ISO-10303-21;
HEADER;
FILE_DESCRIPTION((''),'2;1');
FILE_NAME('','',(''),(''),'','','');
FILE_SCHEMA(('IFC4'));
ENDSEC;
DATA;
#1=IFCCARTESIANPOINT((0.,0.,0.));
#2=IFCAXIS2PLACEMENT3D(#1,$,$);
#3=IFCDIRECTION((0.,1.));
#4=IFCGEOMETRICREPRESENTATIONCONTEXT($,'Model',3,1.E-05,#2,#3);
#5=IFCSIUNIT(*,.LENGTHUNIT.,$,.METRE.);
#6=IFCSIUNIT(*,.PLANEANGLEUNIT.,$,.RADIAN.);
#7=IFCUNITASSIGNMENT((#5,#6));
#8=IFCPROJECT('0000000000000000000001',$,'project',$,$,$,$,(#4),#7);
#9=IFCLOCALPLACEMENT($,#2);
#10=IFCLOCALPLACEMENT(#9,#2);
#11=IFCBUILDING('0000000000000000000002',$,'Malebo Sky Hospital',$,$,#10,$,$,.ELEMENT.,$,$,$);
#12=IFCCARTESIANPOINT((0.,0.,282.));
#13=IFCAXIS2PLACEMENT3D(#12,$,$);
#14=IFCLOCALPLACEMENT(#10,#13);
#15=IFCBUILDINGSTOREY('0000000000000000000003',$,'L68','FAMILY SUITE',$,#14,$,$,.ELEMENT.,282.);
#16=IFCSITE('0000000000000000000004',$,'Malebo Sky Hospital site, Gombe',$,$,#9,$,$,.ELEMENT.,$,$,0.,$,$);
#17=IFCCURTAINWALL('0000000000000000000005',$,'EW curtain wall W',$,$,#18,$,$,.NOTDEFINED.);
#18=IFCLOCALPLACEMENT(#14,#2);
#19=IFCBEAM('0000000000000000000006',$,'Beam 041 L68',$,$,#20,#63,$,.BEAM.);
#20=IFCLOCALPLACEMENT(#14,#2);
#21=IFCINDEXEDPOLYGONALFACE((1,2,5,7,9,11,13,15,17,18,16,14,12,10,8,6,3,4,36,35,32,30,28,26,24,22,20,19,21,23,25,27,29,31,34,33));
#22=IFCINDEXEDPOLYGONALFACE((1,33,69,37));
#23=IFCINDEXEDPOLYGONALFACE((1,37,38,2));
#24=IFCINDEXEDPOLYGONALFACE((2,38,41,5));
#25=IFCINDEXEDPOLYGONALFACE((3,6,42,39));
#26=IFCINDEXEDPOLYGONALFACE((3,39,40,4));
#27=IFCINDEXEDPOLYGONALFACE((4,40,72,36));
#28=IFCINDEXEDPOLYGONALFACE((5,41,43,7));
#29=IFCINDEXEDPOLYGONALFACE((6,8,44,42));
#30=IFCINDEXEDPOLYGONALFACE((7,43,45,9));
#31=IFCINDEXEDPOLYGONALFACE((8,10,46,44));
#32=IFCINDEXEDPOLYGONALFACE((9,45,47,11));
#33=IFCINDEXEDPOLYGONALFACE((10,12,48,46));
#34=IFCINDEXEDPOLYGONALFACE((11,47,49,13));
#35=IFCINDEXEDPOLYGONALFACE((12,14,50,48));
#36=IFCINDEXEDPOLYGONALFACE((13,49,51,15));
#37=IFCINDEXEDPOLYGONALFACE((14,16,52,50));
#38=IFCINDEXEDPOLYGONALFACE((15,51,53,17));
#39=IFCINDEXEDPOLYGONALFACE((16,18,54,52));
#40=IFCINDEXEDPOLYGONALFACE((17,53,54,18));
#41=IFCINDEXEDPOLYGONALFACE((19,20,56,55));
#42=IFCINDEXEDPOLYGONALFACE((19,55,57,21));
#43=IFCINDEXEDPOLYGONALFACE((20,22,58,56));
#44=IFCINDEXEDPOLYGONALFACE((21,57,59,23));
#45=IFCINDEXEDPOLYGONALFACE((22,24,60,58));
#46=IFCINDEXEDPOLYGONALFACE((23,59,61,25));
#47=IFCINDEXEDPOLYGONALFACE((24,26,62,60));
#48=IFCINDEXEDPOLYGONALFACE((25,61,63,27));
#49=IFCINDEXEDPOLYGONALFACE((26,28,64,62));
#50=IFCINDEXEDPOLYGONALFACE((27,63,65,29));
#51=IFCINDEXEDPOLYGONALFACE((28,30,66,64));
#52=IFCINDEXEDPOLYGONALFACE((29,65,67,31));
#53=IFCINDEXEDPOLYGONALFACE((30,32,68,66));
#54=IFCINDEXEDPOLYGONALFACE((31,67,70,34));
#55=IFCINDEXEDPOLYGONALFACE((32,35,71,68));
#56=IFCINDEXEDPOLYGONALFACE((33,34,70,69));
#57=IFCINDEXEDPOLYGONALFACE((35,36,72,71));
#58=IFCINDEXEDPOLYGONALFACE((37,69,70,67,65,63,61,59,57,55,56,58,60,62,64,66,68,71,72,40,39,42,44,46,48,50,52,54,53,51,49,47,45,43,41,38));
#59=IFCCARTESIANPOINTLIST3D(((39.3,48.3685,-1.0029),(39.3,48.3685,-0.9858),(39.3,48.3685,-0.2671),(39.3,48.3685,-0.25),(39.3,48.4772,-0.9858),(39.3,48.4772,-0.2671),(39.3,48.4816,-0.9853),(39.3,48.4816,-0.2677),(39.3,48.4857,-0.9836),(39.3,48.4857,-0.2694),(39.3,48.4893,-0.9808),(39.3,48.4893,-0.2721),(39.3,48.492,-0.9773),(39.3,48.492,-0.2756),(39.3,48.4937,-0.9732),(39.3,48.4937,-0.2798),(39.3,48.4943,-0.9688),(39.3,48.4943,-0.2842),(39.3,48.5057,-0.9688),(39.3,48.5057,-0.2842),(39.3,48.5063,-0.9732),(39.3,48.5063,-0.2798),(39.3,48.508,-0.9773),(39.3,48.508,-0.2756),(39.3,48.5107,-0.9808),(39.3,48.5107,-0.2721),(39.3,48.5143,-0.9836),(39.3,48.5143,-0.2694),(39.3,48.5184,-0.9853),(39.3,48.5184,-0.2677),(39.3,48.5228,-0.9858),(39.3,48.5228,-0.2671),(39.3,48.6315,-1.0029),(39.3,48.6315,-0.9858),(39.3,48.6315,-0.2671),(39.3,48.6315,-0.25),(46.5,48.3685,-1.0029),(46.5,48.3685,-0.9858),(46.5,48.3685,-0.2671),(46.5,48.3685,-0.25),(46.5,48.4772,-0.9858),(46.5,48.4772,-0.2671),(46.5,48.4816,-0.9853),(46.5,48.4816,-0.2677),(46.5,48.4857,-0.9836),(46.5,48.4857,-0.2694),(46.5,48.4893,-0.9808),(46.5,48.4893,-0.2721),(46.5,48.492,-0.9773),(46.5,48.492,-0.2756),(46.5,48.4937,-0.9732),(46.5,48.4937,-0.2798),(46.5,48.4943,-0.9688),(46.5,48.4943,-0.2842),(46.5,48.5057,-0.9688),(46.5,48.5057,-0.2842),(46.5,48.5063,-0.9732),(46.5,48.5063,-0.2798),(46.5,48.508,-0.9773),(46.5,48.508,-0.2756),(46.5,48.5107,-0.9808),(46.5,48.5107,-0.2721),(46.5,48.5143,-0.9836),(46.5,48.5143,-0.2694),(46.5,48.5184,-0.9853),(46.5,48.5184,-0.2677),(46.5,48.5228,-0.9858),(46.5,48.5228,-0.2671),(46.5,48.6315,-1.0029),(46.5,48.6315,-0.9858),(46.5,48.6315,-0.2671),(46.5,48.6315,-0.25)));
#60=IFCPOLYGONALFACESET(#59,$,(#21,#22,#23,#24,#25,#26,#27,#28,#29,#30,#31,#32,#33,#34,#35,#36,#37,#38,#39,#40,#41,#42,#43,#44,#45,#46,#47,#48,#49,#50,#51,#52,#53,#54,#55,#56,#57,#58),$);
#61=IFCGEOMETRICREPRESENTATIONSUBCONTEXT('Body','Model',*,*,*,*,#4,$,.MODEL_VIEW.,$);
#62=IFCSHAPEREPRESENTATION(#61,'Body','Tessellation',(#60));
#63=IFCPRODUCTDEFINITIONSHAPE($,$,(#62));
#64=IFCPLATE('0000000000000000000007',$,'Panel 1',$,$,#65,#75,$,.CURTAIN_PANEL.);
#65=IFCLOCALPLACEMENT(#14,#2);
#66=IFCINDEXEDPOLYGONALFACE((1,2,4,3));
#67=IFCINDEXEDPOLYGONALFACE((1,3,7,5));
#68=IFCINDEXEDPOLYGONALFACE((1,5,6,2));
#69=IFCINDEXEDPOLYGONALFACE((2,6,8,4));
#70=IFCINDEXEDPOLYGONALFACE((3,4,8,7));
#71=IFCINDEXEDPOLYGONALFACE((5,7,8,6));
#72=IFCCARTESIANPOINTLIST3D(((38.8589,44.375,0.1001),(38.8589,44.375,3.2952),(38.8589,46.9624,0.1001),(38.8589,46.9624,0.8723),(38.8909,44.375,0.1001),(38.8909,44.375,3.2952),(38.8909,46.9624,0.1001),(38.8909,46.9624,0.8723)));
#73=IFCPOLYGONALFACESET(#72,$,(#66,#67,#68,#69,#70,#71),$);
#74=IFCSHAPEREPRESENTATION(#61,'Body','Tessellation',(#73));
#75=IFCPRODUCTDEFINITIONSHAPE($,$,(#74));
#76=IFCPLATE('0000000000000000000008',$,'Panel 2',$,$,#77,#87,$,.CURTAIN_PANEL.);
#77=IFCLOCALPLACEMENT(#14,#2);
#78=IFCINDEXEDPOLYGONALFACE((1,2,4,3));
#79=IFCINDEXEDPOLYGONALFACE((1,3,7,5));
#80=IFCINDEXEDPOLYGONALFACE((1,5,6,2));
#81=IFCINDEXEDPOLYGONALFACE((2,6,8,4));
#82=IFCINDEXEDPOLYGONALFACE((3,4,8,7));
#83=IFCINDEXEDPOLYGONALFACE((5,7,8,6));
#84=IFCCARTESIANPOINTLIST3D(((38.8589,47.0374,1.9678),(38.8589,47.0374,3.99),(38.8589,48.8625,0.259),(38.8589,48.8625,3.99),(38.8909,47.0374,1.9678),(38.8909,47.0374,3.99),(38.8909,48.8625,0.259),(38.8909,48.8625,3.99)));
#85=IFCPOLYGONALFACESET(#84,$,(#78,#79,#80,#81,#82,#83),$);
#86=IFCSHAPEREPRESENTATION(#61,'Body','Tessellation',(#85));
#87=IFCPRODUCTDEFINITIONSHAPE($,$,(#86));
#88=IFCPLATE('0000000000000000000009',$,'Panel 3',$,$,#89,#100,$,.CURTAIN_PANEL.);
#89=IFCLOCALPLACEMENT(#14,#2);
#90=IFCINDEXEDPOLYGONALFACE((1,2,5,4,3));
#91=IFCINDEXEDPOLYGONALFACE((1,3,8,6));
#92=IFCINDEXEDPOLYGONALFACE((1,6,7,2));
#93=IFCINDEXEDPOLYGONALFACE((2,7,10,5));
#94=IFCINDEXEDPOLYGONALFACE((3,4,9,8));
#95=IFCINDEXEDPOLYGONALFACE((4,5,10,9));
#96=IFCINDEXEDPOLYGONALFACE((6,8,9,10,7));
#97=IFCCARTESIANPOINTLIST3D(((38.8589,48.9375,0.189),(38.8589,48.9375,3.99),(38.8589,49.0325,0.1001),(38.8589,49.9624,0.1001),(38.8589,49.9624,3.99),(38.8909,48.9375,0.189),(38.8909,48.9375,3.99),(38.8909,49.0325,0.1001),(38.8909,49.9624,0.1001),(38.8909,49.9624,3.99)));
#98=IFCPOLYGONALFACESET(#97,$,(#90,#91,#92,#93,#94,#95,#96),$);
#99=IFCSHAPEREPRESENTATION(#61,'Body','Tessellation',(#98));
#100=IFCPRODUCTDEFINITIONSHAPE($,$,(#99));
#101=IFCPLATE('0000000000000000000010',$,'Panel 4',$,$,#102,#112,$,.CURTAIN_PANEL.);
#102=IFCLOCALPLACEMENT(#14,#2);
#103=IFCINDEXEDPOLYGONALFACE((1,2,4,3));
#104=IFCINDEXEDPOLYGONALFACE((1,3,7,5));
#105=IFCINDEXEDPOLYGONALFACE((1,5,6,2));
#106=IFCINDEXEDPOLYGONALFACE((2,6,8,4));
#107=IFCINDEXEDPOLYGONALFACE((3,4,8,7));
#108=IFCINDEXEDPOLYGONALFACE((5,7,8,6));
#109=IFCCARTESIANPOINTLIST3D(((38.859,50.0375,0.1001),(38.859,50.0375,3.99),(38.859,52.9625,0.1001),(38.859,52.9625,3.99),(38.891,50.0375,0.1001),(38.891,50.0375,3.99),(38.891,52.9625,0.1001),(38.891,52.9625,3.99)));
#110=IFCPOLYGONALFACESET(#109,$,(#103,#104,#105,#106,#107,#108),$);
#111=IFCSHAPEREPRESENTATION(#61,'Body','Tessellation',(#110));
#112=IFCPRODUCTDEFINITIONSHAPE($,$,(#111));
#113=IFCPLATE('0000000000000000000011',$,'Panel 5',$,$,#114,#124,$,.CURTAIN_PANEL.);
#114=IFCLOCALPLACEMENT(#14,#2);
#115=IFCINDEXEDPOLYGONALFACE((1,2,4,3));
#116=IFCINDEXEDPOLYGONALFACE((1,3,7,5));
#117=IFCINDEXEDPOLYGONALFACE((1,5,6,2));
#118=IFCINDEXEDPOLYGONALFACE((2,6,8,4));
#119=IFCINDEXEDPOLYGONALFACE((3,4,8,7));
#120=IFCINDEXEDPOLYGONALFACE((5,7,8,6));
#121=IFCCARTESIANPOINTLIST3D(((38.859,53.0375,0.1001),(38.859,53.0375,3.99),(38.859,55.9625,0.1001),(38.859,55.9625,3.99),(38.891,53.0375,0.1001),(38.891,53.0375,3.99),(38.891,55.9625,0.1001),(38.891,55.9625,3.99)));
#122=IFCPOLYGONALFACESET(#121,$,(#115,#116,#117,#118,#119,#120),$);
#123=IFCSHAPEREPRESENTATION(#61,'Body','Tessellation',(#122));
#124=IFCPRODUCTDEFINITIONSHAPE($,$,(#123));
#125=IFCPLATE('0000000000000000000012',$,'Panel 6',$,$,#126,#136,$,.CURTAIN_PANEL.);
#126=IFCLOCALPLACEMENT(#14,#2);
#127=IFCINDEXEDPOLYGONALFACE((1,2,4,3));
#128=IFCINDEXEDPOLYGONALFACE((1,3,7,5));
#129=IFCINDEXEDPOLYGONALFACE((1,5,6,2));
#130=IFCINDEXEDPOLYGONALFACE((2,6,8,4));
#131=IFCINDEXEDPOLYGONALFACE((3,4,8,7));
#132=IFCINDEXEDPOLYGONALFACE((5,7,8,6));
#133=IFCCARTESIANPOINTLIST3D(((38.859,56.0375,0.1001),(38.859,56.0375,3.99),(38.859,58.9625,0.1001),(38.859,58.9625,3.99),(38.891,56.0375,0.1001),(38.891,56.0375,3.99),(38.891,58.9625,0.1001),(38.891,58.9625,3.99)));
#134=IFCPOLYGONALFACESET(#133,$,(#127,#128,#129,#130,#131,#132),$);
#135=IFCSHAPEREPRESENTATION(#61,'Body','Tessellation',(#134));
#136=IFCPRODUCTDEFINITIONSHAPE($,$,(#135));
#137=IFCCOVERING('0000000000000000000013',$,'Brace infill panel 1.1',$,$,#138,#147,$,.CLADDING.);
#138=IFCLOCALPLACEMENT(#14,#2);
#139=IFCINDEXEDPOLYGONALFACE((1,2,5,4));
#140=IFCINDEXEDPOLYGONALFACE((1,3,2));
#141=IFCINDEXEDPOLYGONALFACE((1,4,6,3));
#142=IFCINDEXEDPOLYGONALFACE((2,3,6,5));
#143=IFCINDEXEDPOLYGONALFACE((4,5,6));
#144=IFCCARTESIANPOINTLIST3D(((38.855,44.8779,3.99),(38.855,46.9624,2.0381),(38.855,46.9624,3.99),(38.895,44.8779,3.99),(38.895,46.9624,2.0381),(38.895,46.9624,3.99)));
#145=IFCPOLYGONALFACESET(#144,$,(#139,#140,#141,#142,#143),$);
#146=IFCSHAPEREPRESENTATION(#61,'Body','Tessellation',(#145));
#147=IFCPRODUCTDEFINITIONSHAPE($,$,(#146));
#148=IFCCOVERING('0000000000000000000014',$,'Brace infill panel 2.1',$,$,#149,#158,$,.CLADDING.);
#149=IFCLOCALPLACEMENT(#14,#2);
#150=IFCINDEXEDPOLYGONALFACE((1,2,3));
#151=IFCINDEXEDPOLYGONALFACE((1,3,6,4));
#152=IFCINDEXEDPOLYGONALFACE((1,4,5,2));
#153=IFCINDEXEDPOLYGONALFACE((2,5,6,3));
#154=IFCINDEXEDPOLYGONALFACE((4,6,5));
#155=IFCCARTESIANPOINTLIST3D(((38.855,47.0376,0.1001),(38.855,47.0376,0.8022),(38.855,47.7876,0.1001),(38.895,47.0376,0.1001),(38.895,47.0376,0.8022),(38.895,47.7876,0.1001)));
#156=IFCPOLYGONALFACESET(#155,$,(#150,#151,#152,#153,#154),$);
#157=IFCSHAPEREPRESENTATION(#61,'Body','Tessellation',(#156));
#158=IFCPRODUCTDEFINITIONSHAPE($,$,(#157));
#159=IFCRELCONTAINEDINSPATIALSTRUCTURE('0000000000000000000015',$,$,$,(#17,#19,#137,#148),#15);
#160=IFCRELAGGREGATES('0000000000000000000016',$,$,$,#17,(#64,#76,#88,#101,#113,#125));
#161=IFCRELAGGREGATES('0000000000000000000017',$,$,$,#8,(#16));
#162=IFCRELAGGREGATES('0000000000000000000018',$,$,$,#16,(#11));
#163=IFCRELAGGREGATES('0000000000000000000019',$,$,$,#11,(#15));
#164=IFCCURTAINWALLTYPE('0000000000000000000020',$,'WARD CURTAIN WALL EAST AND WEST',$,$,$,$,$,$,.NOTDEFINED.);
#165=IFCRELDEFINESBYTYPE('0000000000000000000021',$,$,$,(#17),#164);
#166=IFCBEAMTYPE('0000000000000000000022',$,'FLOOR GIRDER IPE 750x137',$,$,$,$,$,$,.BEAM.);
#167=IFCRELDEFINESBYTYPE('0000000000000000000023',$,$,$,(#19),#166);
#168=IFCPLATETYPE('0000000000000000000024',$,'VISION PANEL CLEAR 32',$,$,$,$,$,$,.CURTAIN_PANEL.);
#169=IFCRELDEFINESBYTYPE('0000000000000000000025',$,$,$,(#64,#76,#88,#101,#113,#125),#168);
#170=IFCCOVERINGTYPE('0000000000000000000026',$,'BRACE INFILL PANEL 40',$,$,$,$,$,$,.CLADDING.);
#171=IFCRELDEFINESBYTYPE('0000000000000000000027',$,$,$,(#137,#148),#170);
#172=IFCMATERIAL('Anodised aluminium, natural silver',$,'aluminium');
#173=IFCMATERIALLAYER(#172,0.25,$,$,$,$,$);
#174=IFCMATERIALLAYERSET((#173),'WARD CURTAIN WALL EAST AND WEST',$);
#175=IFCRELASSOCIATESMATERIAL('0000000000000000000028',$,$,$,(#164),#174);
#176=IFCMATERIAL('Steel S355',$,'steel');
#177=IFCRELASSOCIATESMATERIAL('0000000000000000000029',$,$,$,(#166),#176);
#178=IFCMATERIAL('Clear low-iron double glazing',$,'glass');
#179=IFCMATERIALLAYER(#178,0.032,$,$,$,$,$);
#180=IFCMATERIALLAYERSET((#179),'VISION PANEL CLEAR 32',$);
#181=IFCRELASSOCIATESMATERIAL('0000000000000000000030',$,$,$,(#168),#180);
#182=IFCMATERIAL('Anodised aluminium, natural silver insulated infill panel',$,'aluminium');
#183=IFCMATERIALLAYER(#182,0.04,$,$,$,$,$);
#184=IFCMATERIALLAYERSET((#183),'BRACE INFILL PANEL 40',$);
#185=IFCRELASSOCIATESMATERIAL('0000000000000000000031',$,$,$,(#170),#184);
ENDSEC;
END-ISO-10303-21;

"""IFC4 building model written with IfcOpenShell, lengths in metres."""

from ifc_helpers import new_model, si_unit, direction, frame, origin, origin_2d, place, context, subcontext, project, spatial, polyline, rectangle, i_section, outline, extrude, material, layer, layer_set, material_profile, profile_set, type_object, element, aggregate, save


model = new_model("IFC4")

# Units and contexts
model_context = context("Model", 3, precision=1e-05, world=origin(), true_north=direction((0.0, 1.0)))
body_context = subcontext(model_context, "Body", "Model", "MODEL_VIEW")
ifc_project = project(units=[si_unit("LENGTHUNIT", "METRE"), si_unit("PLANEANGLEUNIT", "RADIAN")], contexts=[model_context])

# Site, building, storey
site_placement = place(None, origin())
site = spatial("IfcSite", under=ifc_project, at=site_placement, Name="Malebo Sky Hospital site, Gombe", CompositionType="ELEMENT", RefElevation=0.0)
building_placement = place(site_placement, origin())
building = spatial("IfcBuilding", under=site, at=building_placement, Name="Malebo Sky Hospital", CompositionType="ELEMENT")
storey_placement = place(building_placement, frame((0.0, 0.0, 282.0)))
storey = spatial("IfcBuildingStorey", under=building, at=storey_placement, Name="L68", Description="FAMILY SUITE", CompositionType="ELEMENT", Elevation=282.0)

# Curtain wall
ifc_material_1 = material(Name="Anodised aluminium, natural silver", Category="aluminium")
ifc_layer_1 = layer(ifc_material_1, 0.25)
ifc_layer_set_1 = layer_set([ifc_layer_1], Name="WARD CURTAIN WALL EAST AND WEST")
curtain_wall_type = type_object("IfcCurtainWallType", Name="WARD CURTAIN WALL EAST AND WEST", PredefinedType="NOTDEFINED", material=ifc_layer_set_1)
curtain_wall_placement = place(storey_placement, origin())
curtain_wall = element("IfcCurtainWall", 1, at=curtain_wall_placement, inside=storey, type_object=curtain_wall_type, Name="EW curtain wall W", PredefinedType="NOTDEFINED")

# Shared definitions
ifc_material_2 = material(Name="Steel S355", Category="steel")

# Beam
ifc_material_profile_1 = material_profile(ifc_material_2, i_section(OverallWidth=0.2629, OverallDepth=0.7529, WebThickness=0.0115, FlangeThickness=0.0171, FilletRadius=0.0171, at=origin_2d()), Name="IPE 750x137")
ifc_profile_set_1 = profile_set([ifc_material_profile_1], Name="Steel S355")
beam_type_1 = type_object("IfcBeamType", Name="FLOOR GIRDER IPE 750x137", PredefinedType="BEAM", material=ifc_profile_set_1)
beam_1_placement = place(storey_placement, frame((39.3, 48.5, -0.6265), z_axis=(1.0, 0.0, 0.0), x_axis=(0.0, 1.0, 0.0)))
element("IfcBeam", 2, at=beam_1_placement, inside=storey, type_object=beam_type_1, Name="Beam 041 L68", PredefinedType="BEAM", context=body_context, shape_type="SweptSolid", body=[
    extrude(i_section(OverallWidth=0.2629, OverallDepth=0.7529, WebThickness=0.0115, FlangeThickness=0.0171, FilletRadius=0.0171, at=origin_2d()), origin(), (0.0, 0.0, 1.0), 7.2),
])

# Plates
ifc_material_3 = material(Name="Clear low-iron double glazing", Category="glass")
ifc_layer_2 = layer(ifc_material_3, 0.032)
ifc_layer_set_2 = layer_set([ifc_layer_2], Name="VISION PANEL CLEAR 32")
plate_type = type_object("IfcPlateType", Name="VISION PANEL CLEAR 32", PredefinedType="CURTAIN_PANEL", material=ifc_layer_set_2)
plate_1_placement = place(storey_placement, frame((38.875, 45.6687, 0.1001), z_axis=(0.0, 0.0, 1.0), x_axis=(0.0, 1.0, 0.0)))
plate_1 = element("IfcPlate", 3, at=plate_1_placement, type_object=plate_type, Name="Panel 1", PredefinedType="CURTAIN_PANEL", context=body_context, shape_type="SweptSolid", body=[
    extrude(outline(polyline([(-1.2937, 0.0), (1.2937, 0.0), (1.2937, 0.7722), (-1.2937, 3.1951), (-1.2937, 0.0)])), frame((0.0, 0.0161, 0.0), z_axis=(0.0, -1.0, 0.0), x_axis=(1.0, 0.0, 0.0)), (0.0, 0.0, 1.0), 0.032),
])
plate_2_placement = place(storey_placement, frame((38.875, 47.95, 0.259), z_axis=(0.0, 0.0, 1.0), x_axis=(0.0, 1.0, 0.0)))
plate_2 = element("IfcPlate", 4, at=plate_2_placement, type_object=plate_type, Name="Panel 2", PredefinedType="CURTAIN_PANEL", context=body_context, shape_type="SweptSolid", body=[
    extrude(outline(polyline([(0.9126, 0.0), (0.9126, 3.731), (-0.9126, 3.731), (-0.9126, 1.7087), (0.9126, 0.0)])), frame((0.0, 0.0161, 0.0), z_axis=(0.0, -1.0, 0.0), x_axis=(1.0, 0.0, 0.0)), (0.0, 0.0, 1.0), 0.032),
])
plate_3_placement = place(storey_placement, frame((38.875, 49.45, 0.1001), z_axis=(0.0, 0.0, 1.0), x_axis=(0.0, 1.0, 0.0)))
plate_3 = element("IfcPlate", 5, at=plate_3_placement, type_object=plate_type, Name="Panel 3", PredefinedType="CURTAIN_PANEL", context=body_context, shape_type="SweptSolid", body=[
    extrude(outline(polyline([(-0.4175, 0.0), (0.5125, 0.0), (0.5125, 3.8899), (-0.5125, 3.8899), (-0.5125, 0.0889), (-0.4175, 0.0)])), frame((0.0, 0.0161, 0.0), z_axis=(0.0, -1.0, 0.0), x_axis=(1.0, 0.0, 0.0)), (0.0, 0.0, 1.0), 0.032),
])
plate_4_placement = place(storey_placement, frame((38.875, 51.5, 0.1001), z_axis=(0.0, 0.0, 1.0), x_axis=(0.0, 1.0, 0.0)))
plate_4 = element("IfcPlate", 6, at=plate_4_placement, type_object=plate_type, Name="Panel 4", PredefinedType="CURTAIN_PANEL", context=body_context, shape_type="SweptSolid", body=[
    extrude(rectangle(XDim=2.925, YDim=0.032, at=origin_2d()), origin(), (0.0, 0.0, 1.0), 3.8899),
])
plate_5_placement = place(storey_placement, frame((38.875, 54.5, 0.1001), z_axis=(0.0, 0.0, 1.0), x_axis=(0.0, 1.0, 0.0)))
plate_5 = element("IfcPlate", 7, at=plate_5_placement, type_object=plate_type, Name="Panel 5", PredefinedType="CURTAIN_PANEL", context=body_context, shape_type="SweptSolid", body=[
    extrude(rectangle(XDim=2.925, YDim=0.032, at=origin_2d()), origin(), (0.0, 0.0, 1.0), 3.8899),
])
plate_6_placement = place(storey_placement, frame((38.875, 57.5, 0.1001), z_axis=(0.0, 0.0, 1.0), x_axis=(0.0, 1.0, 0.0)))
plate_6 = element("IfcPlate", 8, at=plate_6_placement, type_object=plate_type, Name="Panel 6", PredefinedType="CURTAIN_PANEL", context=body_context, shape_type="SweptSolid", body=[
    extrude(rectangle(XDim=2.925, YDim=0.032, at=origin_2d()), origin(), (0.0, 0.0, 1.0), 3.8899),
])
aggregate(curtain_wall, [plate_1, plate_2, plate_3, plate_4, plate_5, plate_6])

# Coverings
ifc_material_4 = material(Name="Anodised aluminium, natural silver insulated infill panel", Category="aluminium")
ifc_layer_3 = layer(ifc_material_4, 0.04)
ifc_layer_set_3 = layer_set([ifc_layer_3], Name="BRACE INFILL PANEL 40")
covering_type = type_object("IfcCoveringType", Name="BRACE INFILL PANEL 40", PredefinedType="CLADDING", material=ifc_layer_set_3)
covering_1_placement = place(storey_placement, frame((38.875, 45.9202, 2.0381), z_axis=(0.0, 0.0, 1.0), x_axis=(0.0, 1.0, 0.0)))
element("IfcCovering", 9, at=covering_1_placement, inside=storey, type_object=covering_type, Name="Brace infill panel 1.1", PredefinedType="CLADDING", context=body_context, shape_type="SweptSolid", body=[
    extrude(outline(polyline([(1.0422, 0.0), (1.0422, 1.9519), (-1.0422, 1.9519), (1.0422, 0.0)])), frame((0.0, 0.02, 0.0), z_axis=(0.0, -1.0, 0.0), x_axis=(1.0, 0.0, 0.0)), (0.0, 0.0, 1.0), 0.04),
])
covering_2_placement = place(storey_placement, frame((38.875, 47.4126, 0.1001), z_axis=(0.0, 0.0, 1.0), x_axis=(0.0, 1.0, 0.0)))
element("IfcCovering", 10, at=covering_2_placement, inside=storey, type_object=covering_type, Name="Brace infill panel 2.1", PredefinedType="CLADDING", context=body_context, shape_type="SweptSolid", body=[
    extrude(outline(polyline([(-0.375, 0.0), (0.375, 0.0), (-0.375, 0.7021), (-0.375, 0.0)])), frame((0.0, 0.02, 0.0), z_axis=(0.0, -1.0, 0.0), x_axis=(1.0, 0.0, 0.0)), (0.0, 0.0, 1.0), 0.04),
])

save(model, "model.ifc")
